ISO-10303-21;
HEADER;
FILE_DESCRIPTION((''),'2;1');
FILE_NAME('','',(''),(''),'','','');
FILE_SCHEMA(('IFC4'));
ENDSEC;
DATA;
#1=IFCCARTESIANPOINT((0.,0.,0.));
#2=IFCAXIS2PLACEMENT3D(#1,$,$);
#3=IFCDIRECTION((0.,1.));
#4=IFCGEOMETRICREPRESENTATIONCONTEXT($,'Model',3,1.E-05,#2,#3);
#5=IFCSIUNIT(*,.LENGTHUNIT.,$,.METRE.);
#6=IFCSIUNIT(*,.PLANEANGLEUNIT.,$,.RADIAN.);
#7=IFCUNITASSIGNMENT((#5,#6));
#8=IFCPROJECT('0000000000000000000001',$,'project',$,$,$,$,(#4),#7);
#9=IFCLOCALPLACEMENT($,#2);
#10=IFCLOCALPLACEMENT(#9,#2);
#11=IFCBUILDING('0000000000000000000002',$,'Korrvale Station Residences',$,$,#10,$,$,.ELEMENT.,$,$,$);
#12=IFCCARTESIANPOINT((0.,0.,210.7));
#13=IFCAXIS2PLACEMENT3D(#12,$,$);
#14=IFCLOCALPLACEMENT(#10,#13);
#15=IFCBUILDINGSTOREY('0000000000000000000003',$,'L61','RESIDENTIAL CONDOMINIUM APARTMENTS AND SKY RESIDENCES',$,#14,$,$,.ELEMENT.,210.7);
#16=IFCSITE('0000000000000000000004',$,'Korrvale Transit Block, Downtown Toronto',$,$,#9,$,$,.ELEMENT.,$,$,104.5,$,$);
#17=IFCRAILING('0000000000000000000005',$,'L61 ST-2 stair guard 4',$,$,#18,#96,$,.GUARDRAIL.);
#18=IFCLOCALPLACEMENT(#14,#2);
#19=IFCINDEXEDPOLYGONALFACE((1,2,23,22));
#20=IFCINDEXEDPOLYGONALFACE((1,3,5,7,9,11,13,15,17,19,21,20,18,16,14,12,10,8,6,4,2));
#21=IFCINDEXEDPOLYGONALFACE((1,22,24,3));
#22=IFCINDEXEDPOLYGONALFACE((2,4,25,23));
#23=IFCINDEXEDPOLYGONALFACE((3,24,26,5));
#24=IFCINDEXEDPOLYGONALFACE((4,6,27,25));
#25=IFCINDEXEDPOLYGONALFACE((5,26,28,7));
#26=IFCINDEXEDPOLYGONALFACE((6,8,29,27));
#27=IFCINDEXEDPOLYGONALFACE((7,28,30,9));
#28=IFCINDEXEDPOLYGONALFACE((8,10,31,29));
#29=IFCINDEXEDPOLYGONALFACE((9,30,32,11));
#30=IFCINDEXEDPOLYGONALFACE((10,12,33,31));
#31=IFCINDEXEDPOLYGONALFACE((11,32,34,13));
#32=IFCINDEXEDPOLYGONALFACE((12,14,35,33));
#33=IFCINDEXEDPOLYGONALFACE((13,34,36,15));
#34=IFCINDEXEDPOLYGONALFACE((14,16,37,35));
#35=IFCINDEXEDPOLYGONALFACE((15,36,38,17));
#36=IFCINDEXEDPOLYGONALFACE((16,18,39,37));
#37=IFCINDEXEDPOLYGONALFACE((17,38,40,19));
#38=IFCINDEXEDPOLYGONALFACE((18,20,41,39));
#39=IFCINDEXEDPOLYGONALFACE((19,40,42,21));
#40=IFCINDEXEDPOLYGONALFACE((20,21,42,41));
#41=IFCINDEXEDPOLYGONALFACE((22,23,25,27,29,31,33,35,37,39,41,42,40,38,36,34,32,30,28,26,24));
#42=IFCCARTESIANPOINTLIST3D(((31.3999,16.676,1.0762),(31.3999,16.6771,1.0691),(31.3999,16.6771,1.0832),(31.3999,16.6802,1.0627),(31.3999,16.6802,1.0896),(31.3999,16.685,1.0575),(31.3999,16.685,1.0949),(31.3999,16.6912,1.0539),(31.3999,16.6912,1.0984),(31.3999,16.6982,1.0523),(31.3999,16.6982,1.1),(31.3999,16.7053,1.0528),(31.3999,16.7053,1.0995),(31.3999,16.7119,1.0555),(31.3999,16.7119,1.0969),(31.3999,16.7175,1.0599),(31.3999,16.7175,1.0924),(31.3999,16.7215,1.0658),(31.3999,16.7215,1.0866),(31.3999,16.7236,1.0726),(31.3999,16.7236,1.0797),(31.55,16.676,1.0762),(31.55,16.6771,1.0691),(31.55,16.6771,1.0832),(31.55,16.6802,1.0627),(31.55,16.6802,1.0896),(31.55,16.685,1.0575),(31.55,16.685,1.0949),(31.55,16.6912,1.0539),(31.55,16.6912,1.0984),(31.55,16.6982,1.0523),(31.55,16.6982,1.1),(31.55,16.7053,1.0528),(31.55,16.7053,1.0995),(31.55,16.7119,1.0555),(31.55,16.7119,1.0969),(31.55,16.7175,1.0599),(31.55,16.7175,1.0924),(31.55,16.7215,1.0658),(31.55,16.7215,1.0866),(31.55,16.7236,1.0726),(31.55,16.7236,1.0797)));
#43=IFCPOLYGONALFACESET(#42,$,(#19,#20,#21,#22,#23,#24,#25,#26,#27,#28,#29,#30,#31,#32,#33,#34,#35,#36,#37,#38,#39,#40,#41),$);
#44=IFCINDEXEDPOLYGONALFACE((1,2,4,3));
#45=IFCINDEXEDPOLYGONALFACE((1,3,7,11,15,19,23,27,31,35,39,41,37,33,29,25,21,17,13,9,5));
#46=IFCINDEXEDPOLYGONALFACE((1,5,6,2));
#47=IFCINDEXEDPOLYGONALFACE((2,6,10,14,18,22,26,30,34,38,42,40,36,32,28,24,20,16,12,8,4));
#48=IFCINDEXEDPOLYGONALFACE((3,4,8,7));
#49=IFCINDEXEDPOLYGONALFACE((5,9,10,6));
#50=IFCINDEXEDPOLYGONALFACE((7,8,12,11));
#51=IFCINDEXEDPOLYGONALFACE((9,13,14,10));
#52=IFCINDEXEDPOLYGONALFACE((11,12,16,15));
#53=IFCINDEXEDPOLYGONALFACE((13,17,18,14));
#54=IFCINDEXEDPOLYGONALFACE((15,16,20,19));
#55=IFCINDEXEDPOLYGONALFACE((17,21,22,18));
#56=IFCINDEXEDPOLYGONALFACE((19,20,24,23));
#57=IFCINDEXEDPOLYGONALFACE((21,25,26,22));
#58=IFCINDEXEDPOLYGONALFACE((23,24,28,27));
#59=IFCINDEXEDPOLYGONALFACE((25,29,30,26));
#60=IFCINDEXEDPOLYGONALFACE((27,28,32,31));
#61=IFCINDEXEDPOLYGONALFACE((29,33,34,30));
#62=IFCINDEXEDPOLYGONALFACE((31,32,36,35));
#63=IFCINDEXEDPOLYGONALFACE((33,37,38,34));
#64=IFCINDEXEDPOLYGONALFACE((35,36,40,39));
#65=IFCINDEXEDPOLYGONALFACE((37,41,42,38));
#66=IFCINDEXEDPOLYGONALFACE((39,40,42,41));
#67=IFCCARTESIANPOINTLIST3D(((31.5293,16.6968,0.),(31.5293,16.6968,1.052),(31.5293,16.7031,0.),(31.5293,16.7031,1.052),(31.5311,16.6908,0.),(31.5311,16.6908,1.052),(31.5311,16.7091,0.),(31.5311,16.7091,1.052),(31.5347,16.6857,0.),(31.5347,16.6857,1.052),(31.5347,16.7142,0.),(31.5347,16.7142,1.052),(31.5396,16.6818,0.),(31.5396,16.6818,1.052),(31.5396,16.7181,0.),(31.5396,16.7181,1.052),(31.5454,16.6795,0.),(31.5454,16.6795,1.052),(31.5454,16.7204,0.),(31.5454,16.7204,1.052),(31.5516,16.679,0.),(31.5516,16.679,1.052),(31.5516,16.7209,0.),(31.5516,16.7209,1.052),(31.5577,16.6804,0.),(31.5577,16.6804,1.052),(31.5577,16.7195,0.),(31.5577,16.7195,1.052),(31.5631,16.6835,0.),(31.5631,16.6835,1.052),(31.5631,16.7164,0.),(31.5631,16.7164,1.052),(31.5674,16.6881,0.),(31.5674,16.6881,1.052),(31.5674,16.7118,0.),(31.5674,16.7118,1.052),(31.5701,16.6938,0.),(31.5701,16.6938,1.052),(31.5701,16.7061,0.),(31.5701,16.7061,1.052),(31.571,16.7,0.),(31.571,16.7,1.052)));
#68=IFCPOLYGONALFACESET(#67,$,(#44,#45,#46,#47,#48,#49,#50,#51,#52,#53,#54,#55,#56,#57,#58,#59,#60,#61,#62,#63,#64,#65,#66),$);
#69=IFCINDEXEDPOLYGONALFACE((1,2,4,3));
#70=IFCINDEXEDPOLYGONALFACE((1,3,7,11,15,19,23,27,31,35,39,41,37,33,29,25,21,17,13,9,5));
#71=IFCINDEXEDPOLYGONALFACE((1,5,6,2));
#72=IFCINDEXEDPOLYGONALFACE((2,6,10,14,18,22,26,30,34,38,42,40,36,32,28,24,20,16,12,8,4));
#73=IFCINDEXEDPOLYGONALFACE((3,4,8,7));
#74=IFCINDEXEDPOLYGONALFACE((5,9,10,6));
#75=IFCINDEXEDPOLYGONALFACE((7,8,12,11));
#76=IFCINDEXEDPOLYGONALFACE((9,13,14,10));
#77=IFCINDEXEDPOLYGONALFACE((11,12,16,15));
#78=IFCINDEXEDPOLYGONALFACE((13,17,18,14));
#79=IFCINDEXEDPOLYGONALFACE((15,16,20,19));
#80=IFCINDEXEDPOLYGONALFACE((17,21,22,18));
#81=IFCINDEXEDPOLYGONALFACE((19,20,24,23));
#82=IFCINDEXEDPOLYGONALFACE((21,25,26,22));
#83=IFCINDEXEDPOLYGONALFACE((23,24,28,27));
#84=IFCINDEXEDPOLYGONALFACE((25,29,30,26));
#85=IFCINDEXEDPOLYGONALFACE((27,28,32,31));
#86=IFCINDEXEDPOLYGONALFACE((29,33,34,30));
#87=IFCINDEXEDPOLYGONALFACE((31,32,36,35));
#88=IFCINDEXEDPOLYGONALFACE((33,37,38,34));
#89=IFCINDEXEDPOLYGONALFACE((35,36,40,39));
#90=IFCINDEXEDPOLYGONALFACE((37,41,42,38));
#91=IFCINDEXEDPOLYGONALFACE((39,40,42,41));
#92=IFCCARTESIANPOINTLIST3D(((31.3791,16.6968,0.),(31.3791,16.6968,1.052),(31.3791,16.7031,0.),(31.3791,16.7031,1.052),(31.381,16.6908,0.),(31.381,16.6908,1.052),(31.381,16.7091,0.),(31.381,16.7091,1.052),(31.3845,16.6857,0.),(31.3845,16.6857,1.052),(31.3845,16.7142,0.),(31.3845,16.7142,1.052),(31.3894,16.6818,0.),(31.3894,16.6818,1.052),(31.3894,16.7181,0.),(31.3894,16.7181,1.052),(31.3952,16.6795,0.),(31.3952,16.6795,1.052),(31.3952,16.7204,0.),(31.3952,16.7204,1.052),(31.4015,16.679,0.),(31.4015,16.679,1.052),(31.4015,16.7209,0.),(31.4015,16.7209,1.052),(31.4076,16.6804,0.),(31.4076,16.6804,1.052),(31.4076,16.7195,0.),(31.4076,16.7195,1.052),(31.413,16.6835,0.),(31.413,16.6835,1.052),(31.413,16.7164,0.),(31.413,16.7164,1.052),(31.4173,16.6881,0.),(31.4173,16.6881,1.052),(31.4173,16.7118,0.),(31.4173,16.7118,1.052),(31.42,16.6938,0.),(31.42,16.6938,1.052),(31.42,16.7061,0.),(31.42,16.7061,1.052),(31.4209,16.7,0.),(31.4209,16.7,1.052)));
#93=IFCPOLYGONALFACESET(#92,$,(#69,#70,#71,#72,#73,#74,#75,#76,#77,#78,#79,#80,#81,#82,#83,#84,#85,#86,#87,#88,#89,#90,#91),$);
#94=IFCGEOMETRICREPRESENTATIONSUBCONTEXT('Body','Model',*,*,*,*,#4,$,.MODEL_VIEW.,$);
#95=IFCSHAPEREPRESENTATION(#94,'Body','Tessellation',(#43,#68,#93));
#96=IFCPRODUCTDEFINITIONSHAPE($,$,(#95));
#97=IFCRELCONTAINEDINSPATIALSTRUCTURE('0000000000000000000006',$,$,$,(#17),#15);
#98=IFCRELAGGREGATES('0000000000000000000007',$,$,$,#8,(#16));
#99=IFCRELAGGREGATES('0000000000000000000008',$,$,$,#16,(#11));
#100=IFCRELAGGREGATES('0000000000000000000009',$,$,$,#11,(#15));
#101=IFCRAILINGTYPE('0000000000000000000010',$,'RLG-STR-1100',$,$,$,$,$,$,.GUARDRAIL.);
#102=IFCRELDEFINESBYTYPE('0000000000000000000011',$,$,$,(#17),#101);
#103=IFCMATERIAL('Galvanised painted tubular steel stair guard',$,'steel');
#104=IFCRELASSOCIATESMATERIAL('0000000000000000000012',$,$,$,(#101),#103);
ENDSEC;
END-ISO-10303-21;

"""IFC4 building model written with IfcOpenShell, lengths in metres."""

from ifc_helpers import new_model, si_unit, direction, frame, origin, origin_2d, place, context, subcontext, project, spatial, circle, extrude, material, type_object, element, save


model = new_model("IFC4")

# Units and contexts
model_context = context("Model", 3, precision=1e-05, world=origin(), true_north=direction((0.0, 1.0)))
body_context = subcontext(model_context, "Body", "Model", "MODEL_VIEW")
ifc_project = project(units=[si_unit("LENGTHUNIT", "METRE"), si_unit("PLANEANGLEUNIT", "RADIAN")], contexts=[model_context])

# Site, building, storey
site_placement = place(None, origin())
site = spatial("IfcSite", under=ifc_project, at=site_placement, Name="Korrvale Transit Block, Downtown Toronto", CompositionType="ELEMENT", RefElevation=104.5)
building_placement = place(site_placement, origin())
building = spatial("IfcBuilding", under=site, at=building_placement, Name="Korrvale Station Residences", CompositionType="ELEMENT")
storey_placement = place(building_placement, frame((0.0, 0.0, 210.7)))
storey = spatial("IfcBuildingStorey", under=building, at=storey_placement, Name="L61", Description="RESIDENTIAL CONDOMINIUM APARTMENTS AND SKY RESIDENCES", CompositionType="ELEMENT", Elevation=210.7)

# Railing
ifc_material_1 = material(Name="Galvanised painted tubular steel stair guard", Category="steel")
railing_type_1 = type_object("IfcRailingType", Name="RLG-STR-1100", PredefinedType="GUARDRAIL", material=ifc_material_1)
railing_1_placement = place(storey_placement, frame((31.55, 16.7, 0.0)))
element("IfcRailing", 1, at=railing_1_placement, inside=storey, type_object=railing_type_1, Name="L61 ST-2 stair guard 4", PredefinedType="GUARDRAIL", context=body_context, shape_type="SweptSolid", body=[
    extrude(circle(Radius=0.0239, at=origin_2d()), frame((0.0, 0.0, 1.0762), z_axis=(-1.0, 0.0, 0.0), x_axis=(0.0, -1.0, 0.0)), (0.0, 0.0, 1.0), 0.1501),
    extrude(circle(Radius=0.021, at=origin_2d()), origin(), (0.0, 0.0, 1.0), 1.052),
    extrude(circle(Radius=0.021, at=origin_2d()), frame((-0.1501, 0.0, 0.0)), (0.0, 0.0, 1.0), 1.052),
])

save(model, "model.ifc")
